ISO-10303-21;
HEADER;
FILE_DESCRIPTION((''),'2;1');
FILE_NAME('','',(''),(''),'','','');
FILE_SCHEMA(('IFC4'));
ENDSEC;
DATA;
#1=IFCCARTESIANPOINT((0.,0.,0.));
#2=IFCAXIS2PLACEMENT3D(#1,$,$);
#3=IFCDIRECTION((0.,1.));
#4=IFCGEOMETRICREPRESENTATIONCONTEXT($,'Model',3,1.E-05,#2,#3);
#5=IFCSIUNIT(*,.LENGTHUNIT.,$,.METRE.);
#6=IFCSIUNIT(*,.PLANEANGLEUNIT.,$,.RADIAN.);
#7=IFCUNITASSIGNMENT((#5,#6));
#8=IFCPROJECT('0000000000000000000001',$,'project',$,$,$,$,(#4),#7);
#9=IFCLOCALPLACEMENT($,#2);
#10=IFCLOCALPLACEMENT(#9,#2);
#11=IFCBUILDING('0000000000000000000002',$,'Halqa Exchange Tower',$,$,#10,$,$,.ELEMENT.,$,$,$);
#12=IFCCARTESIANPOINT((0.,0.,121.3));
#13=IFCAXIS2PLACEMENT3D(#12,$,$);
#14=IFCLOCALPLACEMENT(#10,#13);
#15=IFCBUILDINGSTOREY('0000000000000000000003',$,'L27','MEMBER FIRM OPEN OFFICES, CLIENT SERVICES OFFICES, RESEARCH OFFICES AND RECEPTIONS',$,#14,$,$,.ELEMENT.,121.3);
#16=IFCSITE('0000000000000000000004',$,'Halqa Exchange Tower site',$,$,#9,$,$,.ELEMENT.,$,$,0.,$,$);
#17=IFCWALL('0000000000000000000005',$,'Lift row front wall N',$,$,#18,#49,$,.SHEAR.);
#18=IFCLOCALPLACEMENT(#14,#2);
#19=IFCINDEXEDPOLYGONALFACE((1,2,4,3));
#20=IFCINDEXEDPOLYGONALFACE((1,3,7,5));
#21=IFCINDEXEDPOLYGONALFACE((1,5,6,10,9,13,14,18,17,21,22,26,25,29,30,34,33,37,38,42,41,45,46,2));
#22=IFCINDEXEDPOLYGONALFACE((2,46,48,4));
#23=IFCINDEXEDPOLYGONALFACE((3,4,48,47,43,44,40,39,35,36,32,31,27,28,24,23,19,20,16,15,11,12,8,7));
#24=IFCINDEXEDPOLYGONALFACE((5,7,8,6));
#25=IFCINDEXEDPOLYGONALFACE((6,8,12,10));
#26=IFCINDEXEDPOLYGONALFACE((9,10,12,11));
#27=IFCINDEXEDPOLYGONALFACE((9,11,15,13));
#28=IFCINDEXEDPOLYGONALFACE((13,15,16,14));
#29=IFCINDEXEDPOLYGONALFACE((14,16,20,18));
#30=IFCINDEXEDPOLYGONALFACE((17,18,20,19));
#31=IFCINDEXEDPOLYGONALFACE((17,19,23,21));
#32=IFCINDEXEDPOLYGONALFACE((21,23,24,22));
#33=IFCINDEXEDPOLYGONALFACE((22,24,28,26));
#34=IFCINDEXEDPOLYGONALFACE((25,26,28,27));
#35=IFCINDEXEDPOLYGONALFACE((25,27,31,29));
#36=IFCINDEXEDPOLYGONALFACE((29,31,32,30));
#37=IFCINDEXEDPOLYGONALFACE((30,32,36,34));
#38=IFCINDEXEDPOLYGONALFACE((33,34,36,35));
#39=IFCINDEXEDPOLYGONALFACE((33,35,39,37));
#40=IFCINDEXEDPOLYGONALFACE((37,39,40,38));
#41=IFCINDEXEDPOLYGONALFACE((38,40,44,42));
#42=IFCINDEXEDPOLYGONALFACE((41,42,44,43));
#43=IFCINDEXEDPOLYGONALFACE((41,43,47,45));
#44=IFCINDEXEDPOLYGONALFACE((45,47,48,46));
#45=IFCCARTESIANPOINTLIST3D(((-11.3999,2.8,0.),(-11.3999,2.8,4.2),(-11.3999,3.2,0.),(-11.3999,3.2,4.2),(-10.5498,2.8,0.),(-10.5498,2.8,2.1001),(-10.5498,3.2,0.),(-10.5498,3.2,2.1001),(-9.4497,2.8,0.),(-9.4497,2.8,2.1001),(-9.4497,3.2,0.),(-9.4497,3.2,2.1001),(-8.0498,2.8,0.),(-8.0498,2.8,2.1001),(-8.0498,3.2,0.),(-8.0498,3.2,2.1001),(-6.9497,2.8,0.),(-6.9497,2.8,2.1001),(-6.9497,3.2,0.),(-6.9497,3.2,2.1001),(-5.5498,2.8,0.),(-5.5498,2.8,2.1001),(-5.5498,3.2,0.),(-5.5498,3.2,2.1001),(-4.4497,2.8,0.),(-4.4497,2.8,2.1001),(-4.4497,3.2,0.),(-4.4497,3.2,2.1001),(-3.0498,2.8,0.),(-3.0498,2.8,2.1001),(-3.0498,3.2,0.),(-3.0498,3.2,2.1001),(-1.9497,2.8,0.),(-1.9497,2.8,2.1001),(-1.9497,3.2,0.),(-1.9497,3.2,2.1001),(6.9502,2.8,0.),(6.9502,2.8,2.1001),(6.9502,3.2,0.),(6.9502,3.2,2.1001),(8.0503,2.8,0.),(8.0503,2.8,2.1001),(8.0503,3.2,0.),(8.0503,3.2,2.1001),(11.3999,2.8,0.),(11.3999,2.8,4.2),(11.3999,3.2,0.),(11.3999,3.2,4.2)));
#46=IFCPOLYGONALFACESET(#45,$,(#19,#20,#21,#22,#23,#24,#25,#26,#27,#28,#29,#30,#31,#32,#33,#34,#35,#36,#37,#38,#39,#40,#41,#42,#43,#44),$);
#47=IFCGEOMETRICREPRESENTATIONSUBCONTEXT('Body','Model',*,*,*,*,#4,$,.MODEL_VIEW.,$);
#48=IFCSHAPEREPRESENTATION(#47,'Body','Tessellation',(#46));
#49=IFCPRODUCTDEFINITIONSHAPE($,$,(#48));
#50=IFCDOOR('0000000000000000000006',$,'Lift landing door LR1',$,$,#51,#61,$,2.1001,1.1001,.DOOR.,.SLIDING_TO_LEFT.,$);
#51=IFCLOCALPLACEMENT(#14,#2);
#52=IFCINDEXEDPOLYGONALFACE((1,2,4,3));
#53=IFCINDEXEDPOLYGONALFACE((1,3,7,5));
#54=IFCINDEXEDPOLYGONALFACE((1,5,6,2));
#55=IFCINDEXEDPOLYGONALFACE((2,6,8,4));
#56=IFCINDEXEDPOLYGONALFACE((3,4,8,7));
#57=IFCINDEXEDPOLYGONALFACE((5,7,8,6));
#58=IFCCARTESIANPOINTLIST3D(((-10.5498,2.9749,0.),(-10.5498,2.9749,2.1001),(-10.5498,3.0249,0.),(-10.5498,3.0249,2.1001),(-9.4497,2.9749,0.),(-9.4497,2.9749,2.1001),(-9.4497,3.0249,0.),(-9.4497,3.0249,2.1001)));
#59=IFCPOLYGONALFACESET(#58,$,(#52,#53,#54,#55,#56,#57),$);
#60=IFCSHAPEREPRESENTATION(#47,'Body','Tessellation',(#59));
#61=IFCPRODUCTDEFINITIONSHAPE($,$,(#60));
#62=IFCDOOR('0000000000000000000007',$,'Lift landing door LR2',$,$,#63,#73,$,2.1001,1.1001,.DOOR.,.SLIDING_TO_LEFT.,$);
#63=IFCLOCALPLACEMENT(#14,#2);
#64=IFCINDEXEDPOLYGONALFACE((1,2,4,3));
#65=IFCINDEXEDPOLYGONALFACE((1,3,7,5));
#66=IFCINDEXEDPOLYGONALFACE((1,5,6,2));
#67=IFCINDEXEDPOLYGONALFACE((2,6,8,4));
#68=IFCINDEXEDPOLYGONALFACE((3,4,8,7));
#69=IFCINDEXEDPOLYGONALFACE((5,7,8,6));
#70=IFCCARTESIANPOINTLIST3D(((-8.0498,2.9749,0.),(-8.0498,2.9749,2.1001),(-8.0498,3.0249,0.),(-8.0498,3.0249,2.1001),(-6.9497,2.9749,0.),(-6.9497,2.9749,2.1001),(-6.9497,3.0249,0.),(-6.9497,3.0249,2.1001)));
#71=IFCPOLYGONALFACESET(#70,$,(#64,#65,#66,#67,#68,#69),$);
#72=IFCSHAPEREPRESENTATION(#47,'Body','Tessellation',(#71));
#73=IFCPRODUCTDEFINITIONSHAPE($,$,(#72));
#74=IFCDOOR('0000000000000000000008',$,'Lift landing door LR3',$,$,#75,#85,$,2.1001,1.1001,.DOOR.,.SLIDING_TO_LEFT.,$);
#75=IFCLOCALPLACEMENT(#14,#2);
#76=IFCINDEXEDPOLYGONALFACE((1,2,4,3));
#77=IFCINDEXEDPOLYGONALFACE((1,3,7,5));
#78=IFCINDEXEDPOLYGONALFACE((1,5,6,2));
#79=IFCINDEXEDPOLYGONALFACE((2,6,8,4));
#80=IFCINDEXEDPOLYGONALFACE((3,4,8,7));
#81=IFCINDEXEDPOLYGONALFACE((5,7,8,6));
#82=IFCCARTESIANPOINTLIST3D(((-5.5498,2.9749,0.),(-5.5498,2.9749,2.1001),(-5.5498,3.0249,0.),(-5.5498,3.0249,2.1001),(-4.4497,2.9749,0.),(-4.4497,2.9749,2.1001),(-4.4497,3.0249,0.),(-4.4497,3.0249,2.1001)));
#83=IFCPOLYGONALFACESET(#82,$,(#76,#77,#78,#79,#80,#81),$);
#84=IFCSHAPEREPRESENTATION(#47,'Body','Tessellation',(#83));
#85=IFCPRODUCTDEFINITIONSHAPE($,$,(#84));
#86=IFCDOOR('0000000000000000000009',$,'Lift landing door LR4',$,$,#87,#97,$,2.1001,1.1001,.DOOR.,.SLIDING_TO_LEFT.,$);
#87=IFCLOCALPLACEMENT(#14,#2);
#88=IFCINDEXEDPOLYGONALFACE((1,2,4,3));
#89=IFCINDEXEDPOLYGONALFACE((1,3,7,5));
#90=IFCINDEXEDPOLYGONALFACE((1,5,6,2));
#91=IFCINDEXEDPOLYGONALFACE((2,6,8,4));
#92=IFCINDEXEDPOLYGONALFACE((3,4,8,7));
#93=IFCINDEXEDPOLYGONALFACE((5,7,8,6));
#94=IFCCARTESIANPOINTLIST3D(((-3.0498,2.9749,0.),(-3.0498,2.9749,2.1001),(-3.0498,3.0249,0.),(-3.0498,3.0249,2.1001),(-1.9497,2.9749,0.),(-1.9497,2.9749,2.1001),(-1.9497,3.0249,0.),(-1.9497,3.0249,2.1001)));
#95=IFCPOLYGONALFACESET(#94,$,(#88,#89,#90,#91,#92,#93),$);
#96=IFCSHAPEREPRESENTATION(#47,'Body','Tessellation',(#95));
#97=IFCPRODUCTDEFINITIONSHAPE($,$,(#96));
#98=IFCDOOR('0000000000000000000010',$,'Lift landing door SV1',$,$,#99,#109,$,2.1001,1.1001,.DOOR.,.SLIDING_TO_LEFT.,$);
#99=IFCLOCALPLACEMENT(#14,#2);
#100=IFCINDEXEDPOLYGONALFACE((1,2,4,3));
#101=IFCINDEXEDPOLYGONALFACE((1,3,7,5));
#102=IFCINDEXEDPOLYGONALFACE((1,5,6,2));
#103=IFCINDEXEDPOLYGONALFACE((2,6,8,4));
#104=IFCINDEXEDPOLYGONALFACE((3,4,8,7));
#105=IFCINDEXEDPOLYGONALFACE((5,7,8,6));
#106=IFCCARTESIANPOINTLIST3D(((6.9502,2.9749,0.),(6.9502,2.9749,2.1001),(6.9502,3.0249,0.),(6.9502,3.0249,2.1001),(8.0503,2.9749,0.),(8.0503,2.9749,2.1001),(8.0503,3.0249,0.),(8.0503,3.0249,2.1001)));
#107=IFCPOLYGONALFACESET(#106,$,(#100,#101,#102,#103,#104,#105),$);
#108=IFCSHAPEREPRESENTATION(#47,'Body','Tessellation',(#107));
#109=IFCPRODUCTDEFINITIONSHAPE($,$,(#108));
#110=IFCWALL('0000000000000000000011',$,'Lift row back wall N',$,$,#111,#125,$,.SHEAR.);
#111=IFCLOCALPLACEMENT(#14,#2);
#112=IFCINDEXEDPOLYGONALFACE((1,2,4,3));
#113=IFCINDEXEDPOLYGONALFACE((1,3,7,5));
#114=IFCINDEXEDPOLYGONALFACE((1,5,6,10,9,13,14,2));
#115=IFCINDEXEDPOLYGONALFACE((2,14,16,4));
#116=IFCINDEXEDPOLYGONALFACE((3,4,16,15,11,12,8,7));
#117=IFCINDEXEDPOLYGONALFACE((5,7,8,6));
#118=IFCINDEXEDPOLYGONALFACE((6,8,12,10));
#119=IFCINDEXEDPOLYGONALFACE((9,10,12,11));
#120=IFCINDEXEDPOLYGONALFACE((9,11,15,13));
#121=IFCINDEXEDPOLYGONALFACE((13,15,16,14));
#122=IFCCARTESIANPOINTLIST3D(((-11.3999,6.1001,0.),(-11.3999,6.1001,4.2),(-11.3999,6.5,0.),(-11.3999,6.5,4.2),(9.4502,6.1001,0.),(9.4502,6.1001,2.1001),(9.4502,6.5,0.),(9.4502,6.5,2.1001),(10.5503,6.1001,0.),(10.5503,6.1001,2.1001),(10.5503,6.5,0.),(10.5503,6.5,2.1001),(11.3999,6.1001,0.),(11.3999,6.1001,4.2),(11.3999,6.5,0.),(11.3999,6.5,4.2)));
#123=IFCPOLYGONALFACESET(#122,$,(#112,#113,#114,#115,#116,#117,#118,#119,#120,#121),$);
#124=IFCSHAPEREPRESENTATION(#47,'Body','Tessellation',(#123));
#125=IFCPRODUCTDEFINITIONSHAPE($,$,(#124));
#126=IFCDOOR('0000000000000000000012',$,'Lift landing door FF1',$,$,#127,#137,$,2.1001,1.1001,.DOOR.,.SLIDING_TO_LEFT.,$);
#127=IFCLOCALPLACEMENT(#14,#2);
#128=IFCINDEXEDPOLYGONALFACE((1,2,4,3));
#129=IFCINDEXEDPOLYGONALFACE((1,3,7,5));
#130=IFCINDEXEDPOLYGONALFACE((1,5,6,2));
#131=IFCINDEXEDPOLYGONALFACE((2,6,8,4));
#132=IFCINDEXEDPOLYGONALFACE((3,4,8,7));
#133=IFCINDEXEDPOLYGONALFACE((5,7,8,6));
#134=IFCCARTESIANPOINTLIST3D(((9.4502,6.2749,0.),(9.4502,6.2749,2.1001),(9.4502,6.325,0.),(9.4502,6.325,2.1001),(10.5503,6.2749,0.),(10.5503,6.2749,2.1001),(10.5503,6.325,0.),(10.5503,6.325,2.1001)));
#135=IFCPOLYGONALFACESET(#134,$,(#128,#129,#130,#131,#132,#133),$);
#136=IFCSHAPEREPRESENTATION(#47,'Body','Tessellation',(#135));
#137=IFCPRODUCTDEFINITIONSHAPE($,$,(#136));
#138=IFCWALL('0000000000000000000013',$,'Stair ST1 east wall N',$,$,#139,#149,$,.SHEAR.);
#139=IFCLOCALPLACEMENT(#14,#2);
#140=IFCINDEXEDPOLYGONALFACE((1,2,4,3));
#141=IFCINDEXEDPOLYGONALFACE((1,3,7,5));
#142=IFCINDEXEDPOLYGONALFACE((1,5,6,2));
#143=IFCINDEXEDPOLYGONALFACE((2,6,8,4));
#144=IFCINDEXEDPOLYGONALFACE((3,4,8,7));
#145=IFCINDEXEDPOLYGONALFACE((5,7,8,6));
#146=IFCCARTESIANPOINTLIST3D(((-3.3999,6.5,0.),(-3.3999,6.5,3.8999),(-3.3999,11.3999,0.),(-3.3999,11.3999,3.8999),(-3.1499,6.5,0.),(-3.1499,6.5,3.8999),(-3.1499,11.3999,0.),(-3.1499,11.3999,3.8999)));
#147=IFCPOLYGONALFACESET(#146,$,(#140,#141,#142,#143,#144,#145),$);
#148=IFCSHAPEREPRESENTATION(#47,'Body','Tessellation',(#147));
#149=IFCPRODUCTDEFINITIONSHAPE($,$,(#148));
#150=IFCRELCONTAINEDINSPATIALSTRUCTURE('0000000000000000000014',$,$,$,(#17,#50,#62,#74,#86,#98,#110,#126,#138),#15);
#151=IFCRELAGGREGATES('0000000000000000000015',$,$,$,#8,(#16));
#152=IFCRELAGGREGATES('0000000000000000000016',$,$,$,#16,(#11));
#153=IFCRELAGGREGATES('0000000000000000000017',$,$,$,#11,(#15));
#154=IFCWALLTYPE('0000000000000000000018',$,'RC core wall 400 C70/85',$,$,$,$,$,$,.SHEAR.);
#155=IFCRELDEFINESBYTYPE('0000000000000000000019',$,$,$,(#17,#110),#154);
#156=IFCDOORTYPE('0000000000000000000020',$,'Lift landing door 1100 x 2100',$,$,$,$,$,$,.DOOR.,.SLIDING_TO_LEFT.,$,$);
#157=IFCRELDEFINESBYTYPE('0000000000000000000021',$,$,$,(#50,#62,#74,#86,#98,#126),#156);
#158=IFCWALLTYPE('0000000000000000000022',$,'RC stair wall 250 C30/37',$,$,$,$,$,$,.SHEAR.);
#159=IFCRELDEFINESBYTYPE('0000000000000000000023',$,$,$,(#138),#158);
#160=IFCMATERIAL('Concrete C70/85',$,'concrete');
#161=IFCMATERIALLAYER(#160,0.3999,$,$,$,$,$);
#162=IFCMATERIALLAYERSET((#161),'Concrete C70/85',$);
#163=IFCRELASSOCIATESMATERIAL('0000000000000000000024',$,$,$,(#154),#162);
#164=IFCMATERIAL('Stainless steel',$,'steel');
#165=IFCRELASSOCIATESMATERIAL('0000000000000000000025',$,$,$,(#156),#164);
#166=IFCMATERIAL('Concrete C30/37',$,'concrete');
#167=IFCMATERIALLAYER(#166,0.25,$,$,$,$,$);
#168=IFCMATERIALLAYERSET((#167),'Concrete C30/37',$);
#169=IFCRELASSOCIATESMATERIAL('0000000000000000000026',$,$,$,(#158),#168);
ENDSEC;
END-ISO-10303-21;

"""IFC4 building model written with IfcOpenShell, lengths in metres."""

from ifc_helpers import new_model, si_unit, direction, frame, frame_2d, origin, place, context, subcontext, project, spatial, rectangle, extrude, material, layer, layer_set, type_object, element, fill, save


model = new_model("IFC4")

# Units and contexts
model_context = context("Model", 3, precision=1e-05, world=origin(), true_north=direction((0.0, 1.0)))
body_context = subcontext(model_context, "Body", "Model", "MODEL_VIEW")
ifc_project = project(units=[si_unit("LENGTHUNIT", "METRE"), si_unit("PLANEANGLEUNIT", "RADIAN")], contexts=[model_context])

# Site, building, storey
site_placement = place(None, origin())
site = spatial("IfcSite", under=ifc_project, at=site_placement, Name="Halqa Exchange Tower site", CompositionType="ELEMENT", RefElevation=0.0)
building_placement = place(site_placement, origin())
building = spatial("IfcBuilding", under=site, at=building_placement, Name="Halqa Exchange Tower", CompositionType="ELEMENT")
storey_placement = place(building_placement, frame((0.0, 0.0, 121.3)))
storey = spatial("IfcBuildingStorey", under=building, at=storey_placement, Name="L27", Description="MEMBER FIRM OPEN OFFICES, CLIENT SERVICES OFFICES, RESEARCH OFFICES AND RECEPTIONS", CompositionType="ELEMENT", Elevation=121.3)

# Wall, openings, doors
ifc_material_1 = material(Name="Concrete C70/85", Category="concrete")
ifc_layer_1 = layer(ifc_material_1, 0.3999)
ifc_layer_set_1 = layer_set([ifc_layer_1], Name="Concrete C70/85")
wall_type_1 = type_object("IfcWallType", Name="RC core wall 400 C70/85", PredefinedType="SHEAR", material=ifc_layer_set_1)
wall_1_placement = place(storey_placement, frame((-11.3999, 3.0, 0.0), z_axis=(0.0, 0.0, 1.0), x_axis=(1.0, 0.0, 0.0)))
wall_1 = element("IfcWall", 1, at=wall_1_placement, inside=storey, type_object=wall_type_1, Name="Lift row front wall N", PredefinedType="SHEAR", context=body_context, shape_type="SweptSolid", body=[
    extrude(rectangle(XDim=22.7998, YDim=0.3999, at=frame_2d((11.3999, 0.0))), origin(), (0.0, 0.0, 1.0), 4.2),
])
opening_1_placement = place(wall_1_placement, frame((0.8501, 0.0, 0.0)))
opening_1 = element("IfcOpeningElement", 2, at=opening_1_placement, cuts=wall_1, PredefinedType="OPENING", context=body_context, shape_type="SweptSolid", body=[
    extrude(rectangle(XDim=1.1001, YDim=2.1001, at=frame_2d((0.55, 1.05))), frame((0.0, 0.2119, 0.0), z_axis=(0.0, -1.0, 0.0), x_axis=(1.0, 0.0, 0.0)), (0.0, 0.0, 1.0), 0.4238),
])
opening_2_placement = place(wall_1_placement, frame((3.3501, 0.0, 0.0)))
opening_2 = element("IfcOpeningElement", 3, at=opening_2_placement, cuts=wall_1, PredefinedType="OPENING", context=body_context, shape_type="SweptSolid", body=[
    extrude(rectangle(XDim=1.1001, YDim=2.1001, at=frame_2d((0.55, 1.05))), frame((0.0, 0.2119, 0.0), z_axis=(0.0, -1.0, 0.0), x_axis=(1.0, 0.0, 0.0)), (0.0, 0.0, 1.0), 0.4238),
])
opening_3_placement = place(wall_1_placement, frame((5.8501, 0.0, 0.0)))
opening_3 = element("IfcOpeningElement", 4, at=opening_3_placement, cuts=wall_1, PredefinedType="OPENING", context=body_context, shape_type="SweptSolid", body=[
    extrude(rectangle(XDim=1.1001, YDim=2.1001, at=frame_2d((0.55, 1.05))), frame((0.0, 0.2119, 0.0), z_axis=(0.0, -1.0, 0.0), x_axis=(1.0, 0.0, 0.0)), (0.0, 0.0, 1.0), 0.4238),
])
opening_4_placement = place(wall_1_placement, frame((8.3501, 0.0, 0.0)))
opening_4 = element("IfcOpeningElement", 5, at=opening_4_placement, cuts=wall_1, PredefinedType="OPENING", context=body_context, shape_type="SweptSolid", body=[
    extrude(rectangle(XDim=1.1001, YDim=2.1001, at=frame_2d((0.55, 1.05))), frame((0.0, 0.2119, 0.0), z_axis=(0.0, -1.0, 0.0), x_axis=(1.0, 0.0, 0.0)), (0.0, 0.0, 1.0), 0.4238),
])
opening_5_placement = place(wall_1_placement, frame((18.3501, 0.0, 0.0)))
opening_5 = element("IfcOpeningElement", 6, at=opening_5_placement, cuts=wall_1, PredefinedType="OPENING", context=body_context, shape_type="SweptSolid", body=[
    extrude(rectangle(XDim=1.1001, YDim=2.1001, at=frame_2d((0.55, 1.05))), frame((0.0, 0.2119, 0.0), z_axis=(0.0, -1.0, 0.0), x_axis=(1.0, 0.0, 0.0)), (0.0, 0.0, 1.0), 0.4238),
])
ifc_material_2 = material(Name="Stainless steel", Category="steel")
door_type = type_object("IfcDoorType", Name="Lift landing door 1100 x 2100", OperationType="SLIDING_TO_LEFT", PredefinedType="DOOR", material=ifc_material_2)
door_1_placement = place(opening_1_placement, origin())
door_1 = element("IfcDoor", 7, at=door_1_placement, inside=storey, type_object=door_type, Name="Lift landing door LR1", OperationType="SLIDING_TO_LEFT", OverallHeight=2.1001, OverallWidth=1.1001, PredefinedType="DOOR", context=body_context, shape_type="SweptSolid", body=[
    extrude(rectangle(XDim=1.1001, YDim=2.1001, at=frame_2d((0.55, 1.05))), frame((0.0, 0.0249, 0.0), z_axis=(0.0, -1.0, 0.0), x_axis=(1.0, 0.0, 0.0)), (0.0, 0.0, 1.0), 0.05),
])
fill(opening_1, door_1)
door_2_placement = place(opening_2_placement, origin())
door_2 = element("IfcDoor", 8, at=door_2_placement, inside=storey, type_object=door_type, Name="Lift landing door LR2", OperationType="SLIDING_TO_LEFT", OverallHeight=2.1001, OverallWidth=1.1001, PredefinedType="DOOR", context=body_context, shape_type="SweptSolid", body=[
    extrude(rectangle(XDim=1.1001, YDim=2.1001, at=frame_2d((0.55, 1.05))), frame((0.0, 0.0249, 0.0), z_axis=(0.0, -1.0, 0.0), x_axis=(1.0, 0.0, 0.0)), (0.0, 0.0, 1.0), 0.05),
])
fill(opening_2, door_2)
door_3_placement = place(opening_3_placement, origin())
door_3 = element("IfcDoor", 9, at=door_3_placement, inside=storey, type_object=door_type, Name="Lift landing door LR3", OperationType="SLIDING_TO_LEFT", OverallHeight=2.1001, OverallWidth=1.1001, PredefinedType="DOOR", context=body_context, shape_type="SweptSolid", body=[
    extrude(rectangle(XDim=1.1001, YDim=2.1001, at=frame_2d((0.55, 1.05))), frame((0.0, 0.0249, 0.0), z_axis=(0.0, -1.0, 0.0), x_axis=(1.0, 0.0, 0.0)), (0.0, 0.0, 1.0), 0.05),
])
fill(opening_3, door_3)
door_4_placement = place(opening_4_placement, origin())
door_4 = element("IfcDoor", 10, at=door_4_placement, inside=storey, type_object=door_type, Name="Lift landing door LR4", OperationType="SLIDING_TO_LEFT", OverallHeight=2.1001, OverallWidth=1.1001, PredefinedType="DOOR", context=body_context, shape_type="SweptSolid", body=[
    extrude(rectangle(XDim=1.1001, YDim=2.1001, at=frame_2d((0.55, 1.05))), frame((0.0, 0.0249, 0.0), z_axis=(0.0, -1.0, 0.0), x_axis=(1.0, 0.0, 0.0)), (0.0, 0.0, 1.0), 0.05),
])
fill(opening_4, door_4)
door_5_placement = place(opening_5_placement, origin())
door_5 = element("IfcDoor", 11, at=door_5_placement, inside=storey, type_object=door_type, Name="Lift landing door SV1", OperationType="SLIDING_TO_LEFT", OverallHeight=2.1001, OverallWidth=1.1001, PredefinedType="DOOR", context=body_context, shape_type="SweptSolid", body=[
    extrude(rectangle(XDim=1.1001, YDim=2.1001, at=frame_2d((0.55, 1.05))), frame((0.0, 0.0249, 0.0), z_axis=(0.0, -1.0, 0.0), x_axis=(1.0, 0.0, 0.0)), (0.0, 0.0, 1.0), 0.05),
])
fill(opening_5, door_5)

# Wall, opening, door
wall_2_placement = place(storey_placement, frame((-11.3999, 6.3, 0.0), z_axis=(0.0, 0.0, 1.0), x_axis=(1.0, 0.0, 0.0)))
wall_2 = element("IfcWall", 12, at=wall_2_placement, inside=storey, type_object=wall_type_1, Name="Lift row back wall N", PredefinedType="SHEAR", context=body_context, shape_type="SweptSolid", body=[
    extrude(rectangle(XDim=22.7998, YDim=0.3999, at=frame_2d((11.3999, 0.0))), origin(), (0.0, 0.0, 1.0), 4.2),
])
opening_6_placement = place(wall_2_placement, frame((20.8501, 0.0, 0.0)))
opening_6 = element("IfcOpeningElement", 13, at=opening_6_placement, cuts=wall_2, PredefinedType="OPENING", context=body_context, shape_type="SweptSolid", body=[
    extrude(rectangle(XDim=1.1001, YDim=2.1001, at=frame_2d((0.55, 1.05))), frame((0.0, 0.2119, 0.0), z_axis=(0.0, -1.0, 0.0), x_axis=(1.0, 0.0, 0.0)), (0.0, 0.0, 1.0), 0.4238),
])
door_6_placement = place(opening_6_placement, origin())
door_6 = element("IfcDoor", 14, at=door_6_placement, inside=storey, type_object=door_type, Name="Lift landing door FF1", OperationType="SLIDING_TO_LEFT", OverallHeight=2.1001, OverallWidth=1.1001, PredefinedType="DOOR", context=body_context, shape_type="SweptSolid", body=[
    extrude(rectangle(XDim=1.1001, YDim=2.1001, at=frame_2d((0.55, 1.05))), frame((0.0, 0.0249, 0.0), z_axis=(0.0, -1.0, 0.0), x_axis=(1.0, 0.0, 0.0)), (0.0, 0.0, 1.0), 0.05),
])
fill(opening_6, door_6)

# Wall
ifc_material_3 = material(Name="Concrete C30/37", Category="concrete")
ifc_layer_2 = layer(ifc_material_3, 0.25)
ifc_layer_set_2 = layer_set([ifc_layer_2], Name="Concrete C30/37")
wall_type_2 = type_object("IfcWallType", Name="RC stair wall 250 C30/37", PredefinedType="SHEAR", material=ifc_layer_set_2)
wall_3_placement = place(storey_placement, frame((-3.2749, 6.5, 0.0), z_axis=(0.0, 0.0, 1.0), x_axis=(0.0, 1.0, 0.0)))
element("IfcWall", 15, at=wall_3_placement, inside=storey, type_object=wall_type_2, Name="Stair ST1 east wall N", PredefinedType="SHEAR", context=body_context, shape_type="SweptSolid", body=[
    extrude(rectangle(XDim=4.8999, YDim=0.25, at=frame_2d((2.45, 0.0))), origin(), (0.0, 0.0, 1.0), 3.8999),
])

save(model, "model.ifc")
